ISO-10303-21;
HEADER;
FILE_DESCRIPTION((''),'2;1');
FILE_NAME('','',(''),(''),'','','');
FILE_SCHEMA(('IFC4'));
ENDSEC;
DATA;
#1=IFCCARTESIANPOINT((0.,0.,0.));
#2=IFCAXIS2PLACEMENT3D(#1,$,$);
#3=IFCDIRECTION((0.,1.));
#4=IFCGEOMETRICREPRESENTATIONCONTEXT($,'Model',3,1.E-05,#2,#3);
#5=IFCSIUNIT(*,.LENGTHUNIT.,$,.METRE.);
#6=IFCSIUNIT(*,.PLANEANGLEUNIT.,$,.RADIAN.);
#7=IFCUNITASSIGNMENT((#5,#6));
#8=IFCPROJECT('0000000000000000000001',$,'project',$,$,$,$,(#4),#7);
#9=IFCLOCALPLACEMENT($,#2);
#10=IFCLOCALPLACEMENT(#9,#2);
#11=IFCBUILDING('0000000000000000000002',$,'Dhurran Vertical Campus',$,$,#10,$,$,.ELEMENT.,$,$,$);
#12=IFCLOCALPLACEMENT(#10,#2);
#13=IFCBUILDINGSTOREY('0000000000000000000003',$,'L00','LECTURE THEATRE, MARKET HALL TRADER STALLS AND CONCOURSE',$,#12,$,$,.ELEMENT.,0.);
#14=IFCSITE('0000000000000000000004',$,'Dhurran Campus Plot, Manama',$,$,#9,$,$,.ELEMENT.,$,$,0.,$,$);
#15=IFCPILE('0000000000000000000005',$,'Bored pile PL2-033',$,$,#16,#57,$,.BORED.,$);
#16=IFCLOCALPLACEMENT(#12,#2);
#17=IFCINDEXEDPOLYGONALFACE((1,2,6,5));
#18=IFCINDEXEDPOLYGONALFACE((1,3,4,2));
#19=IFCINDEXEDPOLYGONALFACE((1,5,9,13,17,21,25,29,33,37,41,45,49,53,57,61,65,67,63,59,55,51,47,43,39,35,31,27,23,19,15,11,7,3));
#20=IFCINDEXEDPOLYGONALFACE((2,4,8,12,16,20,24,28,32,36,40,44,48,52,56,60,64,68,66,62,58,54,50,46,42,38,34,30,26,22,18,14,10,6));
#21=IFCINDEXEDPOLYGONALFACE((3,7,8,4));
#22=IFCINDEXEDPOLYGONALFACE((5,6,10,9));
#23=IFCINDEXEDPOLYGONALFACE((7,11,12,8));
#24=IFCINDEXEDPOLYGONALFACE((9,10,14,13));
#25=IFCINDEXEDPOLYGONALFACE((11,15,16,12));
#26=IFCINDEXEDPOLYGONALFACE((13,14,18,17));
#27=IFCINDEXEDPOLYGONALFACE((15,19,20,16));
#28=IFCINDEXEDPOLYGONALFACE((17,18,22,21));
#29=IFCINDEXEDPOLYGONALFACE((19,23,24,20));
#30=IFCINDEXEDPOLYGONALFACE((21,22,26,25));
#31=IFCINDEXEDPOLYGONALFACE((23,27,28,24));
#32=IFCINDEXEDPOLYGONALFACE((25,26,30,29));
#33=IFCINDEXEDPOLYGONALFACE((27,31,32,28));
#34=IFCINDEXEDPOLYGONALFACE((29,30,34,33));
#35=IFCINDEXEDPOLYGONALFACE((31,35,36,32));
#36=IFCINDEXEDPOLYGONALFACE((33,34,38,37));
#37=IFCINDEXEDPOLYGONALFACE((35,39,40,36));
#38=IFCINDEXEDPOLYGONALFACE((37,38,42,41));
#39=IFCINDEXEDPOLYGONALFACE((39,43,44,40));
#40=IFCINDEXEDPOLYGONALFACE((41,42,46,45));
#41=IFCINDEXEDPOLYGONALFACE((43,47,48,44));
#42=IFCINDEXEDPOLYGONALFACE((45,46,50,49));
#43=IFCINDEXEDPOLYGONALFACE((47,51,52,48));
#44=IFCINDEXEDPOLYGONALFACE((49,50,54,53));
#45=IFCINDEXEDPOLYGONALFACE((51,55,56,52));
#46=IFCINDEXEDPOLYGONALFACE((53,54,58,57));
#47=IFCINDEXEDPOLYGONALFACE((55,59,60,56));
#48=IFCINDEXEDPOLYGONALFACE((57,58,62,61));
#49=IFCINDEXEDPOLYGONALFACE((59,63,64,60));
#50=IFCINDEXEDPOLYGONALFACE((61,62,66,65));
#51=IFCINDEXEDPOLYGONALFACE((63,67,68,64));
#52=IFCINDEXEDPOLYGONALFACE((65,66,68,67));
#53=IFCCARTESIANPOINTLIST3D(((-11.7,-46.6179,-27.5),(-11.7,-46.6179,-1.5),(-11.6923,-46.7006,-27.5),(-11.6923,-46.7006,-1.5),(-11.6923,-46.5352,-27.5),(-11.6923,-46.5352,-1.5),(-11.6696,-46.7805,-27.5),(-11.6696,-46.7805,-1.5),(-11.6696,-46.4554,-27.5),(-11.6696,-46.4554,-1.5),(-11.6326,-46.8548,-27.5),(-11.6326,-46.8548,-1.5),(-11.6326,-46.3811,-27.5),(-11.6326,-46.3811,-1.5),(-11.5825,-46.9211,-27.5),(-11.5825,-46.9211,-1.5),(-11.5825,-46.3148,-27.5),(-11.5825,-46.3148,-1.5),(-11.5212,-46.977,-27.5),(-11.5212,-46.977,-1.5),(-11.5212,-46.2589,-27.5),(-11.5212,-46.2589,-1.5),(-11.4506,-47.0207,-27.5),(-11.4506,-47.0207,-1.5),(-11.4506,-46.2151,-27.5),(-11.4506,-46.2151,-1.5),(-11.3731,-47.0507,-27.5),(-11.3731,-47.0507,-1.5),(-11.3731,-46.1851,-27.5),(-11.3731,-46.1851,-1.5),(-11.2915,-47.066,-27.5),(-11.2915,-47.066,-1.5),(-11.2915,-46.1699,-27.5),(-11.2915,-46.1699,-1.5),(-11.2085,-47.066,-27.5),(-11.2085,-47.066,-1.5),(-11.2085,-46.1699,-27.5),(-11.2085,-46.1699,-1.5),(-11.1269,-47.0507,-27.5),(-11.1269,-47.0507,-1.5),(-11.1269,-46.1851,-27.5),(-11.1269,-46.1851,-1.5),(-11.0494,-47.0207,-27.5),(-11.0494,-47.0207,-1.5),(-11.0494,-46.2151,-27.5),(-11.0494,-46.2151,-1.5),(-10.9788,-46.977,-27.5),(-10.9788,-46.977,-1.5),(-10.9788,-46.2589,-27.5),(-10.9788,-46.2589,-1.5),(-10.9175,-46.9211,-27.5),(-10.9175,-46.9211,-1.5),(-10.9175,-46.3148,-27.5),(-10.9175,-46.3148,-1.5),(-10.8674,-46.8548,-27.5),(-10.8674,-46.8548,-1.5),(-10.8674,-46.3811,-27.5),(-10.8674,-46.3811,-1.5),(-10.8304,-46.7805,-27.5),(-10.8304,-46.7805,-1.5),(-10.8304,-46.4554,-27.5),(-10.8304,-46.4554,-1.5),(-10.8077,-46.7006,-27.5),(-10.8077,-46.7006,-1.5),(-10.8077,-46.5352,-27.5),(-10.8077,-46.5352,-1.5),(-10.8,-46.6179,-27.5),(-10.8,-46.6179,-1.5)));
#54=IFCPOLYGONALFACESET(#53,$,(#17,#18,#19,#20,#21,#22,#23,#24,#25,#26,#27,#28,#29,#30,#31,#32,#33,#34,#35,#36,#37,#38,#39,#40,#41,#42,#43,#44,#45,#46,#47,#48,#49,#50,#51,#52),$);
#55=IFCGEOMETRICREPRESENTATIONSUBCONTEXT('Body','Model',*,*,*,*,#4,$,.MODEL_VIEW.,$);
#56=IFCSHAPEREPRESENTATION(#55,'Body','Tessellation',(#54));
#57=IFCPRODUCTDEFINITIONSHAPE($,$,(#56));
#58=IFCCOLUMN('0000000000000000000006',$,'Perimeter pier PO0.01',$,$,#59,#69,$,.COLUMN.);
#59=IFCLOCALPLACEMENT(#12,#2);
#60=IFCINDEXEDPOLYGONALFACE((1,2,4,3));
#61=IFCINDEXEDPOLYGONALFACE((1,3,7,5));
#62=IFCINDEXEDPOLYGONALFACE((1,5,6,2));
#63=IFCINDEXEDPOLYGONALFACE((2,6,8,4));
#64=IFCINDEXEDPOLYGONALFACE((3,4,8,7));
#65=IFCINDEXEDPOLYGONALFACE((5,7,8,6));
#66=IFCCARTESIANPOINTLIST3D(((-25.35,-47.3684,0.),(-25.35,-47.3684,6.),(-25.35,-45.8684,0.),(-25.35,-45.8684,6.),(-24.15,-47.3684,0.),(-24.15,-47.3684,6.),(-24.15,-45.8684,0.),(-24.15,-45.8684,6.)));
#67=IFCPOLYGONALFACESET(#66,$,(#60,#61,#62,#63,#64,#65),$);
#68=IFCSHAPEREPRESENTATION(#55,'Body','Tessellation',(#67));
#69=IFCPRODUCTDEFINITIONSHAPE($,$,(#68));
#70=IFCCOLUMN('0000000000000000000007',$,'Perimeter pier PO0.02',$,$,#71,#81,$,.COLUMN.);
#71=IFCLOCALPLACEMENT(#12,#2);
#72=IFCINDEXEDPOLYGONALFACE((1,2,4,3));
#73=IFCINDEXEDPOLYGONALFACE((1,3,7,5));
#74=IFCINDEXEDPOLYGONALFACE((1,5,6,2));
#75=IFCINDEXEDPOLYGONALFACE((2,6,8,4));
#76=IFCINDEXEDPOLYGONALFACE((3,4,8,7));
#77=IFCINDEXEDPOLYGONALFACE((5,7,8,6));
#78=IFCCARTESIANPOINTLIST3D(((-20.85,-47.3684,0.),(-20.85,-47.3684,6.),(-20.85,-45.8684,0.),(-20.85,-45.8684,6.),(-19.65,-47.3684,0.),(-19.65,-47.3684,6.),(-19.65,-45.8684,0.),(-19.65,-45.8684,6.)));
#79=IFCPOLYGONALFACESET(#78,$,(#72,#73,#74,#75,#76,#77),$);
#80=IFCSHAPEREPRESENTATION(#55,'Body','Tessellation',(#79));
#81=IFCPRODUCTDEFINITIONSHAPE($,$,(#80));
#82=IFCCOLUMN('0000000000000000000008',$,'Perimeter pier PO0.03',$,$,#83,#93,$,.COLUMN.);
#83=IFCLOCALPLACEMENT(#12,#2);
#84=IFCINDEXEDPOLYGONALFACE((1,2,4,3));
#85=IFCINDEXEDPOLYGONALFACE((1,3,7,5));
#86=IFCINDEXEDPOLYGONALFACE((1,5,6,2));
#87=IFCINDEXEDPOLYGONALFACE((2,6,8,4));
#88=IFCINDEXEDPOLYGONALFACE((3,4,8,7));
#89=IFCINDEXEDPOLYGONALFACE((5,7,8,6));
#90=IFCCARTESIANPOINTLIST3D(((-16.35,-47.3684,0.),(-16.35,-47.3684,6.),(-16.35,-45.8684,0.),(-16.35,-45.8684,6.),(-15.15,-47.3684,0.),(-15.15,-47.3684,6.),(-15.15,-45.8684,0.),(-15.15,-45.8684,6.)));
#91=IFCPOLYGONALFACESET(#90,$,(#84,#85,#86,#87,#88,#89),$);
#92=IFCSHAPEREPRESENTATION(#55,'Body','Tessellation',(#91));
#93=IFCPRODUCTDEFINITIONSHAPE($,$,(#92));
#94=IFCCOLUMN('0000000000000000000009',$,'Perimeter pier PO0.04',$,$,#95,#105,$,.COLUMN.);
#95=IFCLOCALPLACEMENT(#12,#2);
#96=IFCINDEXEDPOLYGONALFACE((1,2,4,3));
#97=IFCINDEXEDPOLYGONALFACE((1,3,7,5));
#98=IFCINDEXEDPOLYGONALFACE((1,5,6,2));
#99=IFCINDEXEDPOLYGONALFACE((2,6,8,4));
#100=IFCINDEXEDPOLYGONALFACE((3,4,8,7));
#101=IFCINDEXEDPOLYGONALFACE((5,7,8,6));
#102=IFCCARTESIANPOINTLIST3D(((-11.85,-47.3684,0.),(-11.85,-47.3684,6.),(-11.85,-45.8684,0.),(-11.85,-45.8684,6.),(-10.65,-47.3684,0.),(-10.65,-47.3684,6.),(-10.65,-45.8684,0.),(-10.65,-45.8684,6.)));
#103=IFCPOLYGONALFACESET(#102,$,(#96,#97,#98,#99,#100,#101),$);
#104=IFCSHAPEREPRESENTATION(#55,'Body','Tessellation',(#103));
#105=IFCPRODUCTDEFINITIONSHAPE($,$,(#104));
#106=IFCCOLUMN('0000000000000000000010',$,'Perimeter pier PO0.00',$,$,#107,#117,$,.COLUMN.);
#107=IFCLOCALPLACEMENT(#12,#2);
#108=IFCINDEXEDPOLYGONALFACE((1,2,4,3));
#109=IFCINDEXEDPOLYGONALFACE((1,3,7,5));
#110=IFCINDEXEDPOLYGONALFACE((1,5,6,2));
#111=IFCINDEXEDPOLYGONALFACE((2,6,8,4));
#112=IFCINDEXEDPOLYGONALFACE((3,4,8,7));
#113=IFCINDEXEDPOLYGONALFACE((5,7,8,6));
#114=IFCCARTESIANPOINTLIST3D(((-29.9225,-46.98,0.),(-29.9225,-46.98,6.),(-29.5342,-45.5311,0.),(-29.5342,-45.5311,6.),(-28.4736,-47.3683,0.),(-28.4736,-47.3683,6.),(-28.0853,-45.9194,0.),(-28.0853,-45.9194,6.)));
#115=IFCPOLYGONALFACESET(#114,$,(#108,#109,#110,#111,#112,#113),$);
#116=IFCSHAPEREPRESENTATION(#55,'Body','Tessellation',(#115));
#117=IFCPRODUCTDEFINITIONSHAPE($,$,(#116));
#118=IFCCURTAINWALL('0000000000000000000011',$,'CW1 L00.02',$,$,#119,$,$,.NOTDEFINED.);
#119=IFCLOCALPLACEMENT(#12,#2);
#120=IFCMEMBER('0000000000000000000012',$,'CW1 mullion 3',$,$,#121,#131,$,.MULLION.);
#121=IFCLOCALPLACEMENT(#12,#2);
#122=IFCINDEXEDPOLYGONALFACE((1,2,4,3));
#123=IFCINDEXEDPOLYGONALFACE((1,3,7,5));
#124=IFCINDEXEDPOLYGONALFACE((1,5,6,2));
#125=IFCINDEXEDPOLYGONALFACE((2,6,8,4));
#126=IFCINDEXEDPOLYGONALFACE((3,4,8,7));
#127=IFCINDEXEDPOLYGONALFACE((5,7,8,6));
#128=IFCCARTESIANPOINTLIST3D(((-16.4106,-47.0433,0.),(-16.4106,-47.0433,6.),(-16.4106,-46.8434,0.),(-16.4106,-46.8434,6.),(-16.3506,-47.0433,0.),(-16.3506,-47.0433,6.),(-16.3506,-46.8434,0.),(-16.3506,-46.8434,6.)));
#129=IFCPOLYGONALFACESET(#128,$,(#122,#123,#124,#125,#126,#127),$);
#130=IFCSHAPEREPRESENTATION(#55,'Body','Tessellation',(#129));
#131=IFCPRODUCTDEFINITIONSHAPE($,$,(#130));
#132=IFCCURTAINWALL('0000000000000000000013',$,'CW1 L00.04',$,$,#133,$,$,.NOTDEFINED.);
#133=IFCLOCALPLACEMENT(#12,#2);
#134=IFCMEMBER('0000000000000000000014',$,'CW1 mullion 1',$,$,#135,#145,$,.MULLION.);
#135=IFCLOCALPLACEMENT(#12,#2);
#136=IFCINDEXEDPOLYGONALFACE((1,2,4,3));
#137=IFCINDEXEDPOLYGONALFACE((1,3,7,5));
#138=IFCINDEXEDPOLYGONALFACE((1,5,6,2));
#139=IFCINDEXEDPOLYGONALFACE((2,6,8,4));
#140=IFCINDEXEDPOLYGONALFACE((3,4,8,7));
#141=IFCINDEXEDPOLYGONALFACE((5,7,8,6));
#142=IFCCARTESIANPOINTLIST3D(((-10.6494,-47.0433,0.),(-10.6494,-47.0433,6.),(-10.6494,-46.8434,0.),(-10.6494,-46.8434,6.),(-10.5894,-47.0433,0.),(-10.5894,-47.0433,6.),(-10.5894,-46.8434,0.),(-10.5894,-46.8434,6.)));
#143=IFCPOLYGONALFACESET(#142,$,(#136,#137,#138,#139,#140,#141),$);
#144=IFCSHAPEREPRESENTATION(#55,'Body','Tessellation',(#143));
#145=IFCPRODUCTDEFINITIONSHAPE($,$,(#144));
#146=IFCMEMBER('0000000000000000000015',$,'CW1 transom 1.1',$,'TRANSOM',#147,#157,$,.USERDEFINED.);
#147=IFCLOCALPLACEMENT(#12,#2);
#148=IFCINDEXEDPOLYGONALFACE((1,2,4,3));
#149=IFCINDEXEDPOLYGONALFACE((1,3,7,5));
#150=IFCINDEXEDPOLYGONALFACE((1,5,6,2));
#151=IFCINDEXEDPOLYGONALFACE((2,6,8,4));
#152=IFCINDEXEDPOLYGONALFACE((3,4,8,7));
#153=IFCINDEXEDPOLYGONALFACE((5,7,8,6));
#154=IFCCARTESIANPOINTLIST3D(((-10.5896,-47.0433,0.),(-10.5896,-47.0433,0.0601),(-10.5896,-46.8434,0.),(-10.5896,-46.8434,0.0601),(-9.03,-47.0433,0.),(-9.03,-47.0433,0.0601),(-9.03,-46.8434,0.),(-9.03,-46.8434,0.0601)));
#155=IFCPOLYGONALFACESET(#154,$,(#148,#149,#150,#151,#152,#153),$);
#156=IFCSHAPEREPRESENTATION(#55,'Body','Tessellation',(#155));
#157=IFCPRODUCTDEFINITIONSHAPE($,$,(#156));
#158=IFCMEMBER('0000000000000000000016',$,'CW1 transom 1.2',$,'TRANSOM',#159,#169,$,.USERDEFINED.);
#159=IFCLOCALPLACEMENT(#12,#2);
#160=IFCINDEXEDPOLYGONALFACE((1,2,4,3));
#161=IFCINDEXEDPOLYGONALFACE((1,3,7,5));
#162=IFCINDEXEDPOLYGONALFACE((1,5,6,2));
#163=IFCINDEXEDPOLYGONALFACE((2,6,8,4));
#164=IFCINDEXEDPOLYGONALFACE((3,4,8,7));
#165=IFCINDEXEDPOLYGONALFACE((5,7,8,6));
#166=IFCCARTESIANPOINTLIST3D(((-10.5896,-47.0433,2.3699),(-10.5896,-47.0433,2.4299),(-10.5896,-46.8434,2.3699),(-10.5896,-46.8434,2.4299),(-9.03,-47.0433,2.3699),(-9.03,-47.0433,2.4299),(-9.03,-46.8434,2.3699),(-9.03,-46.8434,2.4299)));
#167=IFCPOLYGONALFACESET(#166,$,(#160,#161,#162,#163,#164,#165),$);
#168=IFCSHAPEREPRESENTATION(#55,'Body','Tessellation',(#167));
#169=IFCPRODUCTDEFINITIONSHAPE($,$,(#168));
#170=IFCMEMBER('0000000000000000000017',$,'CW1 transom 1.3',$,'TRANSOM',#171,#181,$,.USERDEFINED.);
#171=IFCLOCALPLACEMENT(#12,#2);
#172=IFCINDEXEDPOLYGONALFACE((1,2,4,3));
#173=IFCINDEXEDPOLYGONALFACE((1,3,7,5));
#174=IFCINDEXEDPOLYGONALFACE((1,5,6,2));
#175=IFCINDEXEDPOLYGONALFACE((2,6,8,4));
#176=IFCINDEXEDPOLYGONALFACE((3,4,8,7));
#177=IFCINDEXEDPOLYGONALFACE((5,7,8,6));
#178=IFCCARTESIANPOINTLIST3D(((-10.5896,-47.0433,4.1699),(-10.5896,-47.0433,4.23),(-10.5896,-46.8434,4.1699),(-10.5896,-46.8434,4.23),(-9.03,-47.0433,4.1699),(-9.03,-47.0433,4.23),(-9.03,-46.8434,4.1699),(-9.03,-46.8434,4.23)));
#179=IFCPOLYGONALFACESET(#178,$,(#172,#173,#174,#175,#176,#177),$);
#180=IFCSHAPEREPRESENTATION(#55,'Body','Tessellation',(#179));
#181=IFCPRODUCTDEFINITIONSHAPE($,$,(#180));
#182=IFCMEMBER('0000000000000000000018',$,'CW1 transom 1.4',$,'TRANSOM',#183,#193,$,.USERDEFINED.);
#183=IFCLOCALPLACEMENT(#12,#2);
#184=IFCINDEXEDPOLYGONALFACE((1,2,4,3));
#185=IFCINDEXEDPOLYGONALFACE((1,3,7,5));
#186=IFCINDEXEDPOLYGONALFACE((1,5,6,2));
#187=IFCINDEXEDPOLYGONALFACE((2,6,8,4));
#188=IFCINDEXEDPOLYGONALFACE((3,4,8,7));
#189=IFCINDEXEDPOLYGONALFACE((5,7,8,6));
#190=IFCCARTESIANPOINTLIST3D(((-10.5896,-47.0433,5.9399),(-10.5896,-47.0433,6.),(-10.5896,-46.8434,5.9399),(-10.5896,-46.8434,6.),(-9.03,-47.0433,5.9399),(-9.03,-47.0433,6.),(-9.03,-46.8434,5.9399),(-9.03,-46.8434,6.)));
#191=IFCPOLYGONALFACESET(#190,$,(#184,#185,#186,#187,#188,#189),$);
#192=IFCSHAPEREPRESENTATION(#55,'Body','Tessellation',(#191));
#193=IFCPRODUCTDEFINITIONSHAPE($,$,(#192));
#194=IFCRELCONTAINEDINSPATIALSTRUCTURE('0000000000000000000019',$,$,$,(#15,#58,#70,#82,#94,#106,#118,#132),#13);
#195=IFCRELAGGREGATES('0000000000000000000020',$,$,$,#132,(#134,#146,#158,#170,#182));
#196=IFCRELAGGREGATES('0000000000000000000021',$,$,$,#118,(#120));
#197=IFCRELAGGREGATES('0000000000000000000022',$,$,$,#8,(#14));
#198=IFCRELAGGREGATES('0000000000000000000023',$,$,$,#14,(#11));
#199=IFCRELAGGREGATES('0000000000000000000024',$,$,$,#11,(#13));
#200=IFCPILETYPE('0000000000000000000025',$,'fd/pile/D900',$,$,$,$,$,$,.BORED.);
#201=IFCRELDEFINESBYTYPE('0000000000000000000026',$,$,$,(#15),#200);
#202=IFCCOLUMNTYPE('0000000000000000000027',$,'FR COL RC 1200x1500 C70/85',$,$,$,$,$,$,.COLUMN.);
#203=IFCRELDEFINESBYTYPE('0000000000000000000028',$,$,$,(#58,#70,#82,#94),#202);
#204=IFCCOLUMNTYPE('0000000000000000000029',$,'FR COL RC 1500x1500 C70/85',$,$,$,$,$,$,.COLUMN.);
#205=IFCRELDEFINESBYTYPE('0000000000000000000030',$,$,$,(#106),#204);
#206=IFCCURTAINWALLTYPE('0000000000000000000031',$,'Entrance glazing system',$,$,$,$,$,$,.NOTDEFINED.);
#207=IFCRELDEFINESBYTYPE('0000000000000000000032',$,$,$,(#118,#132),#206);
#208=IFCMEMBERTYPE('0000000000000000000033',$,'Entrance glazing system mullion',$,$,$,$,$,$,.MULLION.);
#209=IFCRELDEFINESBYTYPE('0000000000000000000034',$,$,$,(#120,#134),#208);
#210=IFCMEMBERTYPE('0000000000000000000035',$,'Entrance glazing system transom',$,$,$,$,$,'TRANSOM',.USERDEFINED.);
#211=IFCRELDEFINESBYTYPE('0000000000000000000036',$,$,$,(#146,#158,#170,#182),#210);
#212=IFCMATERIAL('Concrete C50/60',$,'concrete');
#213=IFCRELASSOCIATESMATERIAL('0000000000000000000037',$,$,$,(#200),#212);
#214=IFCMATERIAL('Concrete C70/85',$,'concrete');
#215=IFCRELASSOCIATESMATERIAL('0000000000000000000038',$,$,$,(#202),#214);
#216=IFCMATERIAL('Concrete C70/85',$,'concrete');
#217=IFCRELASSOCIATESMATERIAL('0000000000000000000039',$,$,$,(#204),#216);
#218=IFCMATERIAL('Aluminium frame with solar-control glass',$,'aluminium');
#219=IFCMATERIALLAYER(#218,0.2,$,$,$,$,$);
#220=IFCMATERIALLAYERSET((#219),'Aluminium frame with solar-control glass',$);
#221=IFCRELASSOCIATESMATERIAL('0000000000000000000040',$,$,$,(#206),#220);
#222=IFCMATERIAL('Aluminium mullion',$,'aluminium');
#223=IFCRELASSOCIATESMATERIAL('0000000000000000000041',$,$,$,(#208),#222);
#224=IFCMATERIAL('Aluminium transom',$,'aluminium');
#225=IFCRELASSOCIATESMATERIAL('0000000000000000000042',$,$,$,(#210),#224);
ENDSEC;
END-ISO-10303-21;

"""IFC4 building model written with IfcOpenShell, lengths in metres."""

from ifc_helpers import new_model, si_unit, direction, frame, origin, origin_2d, place, context, subcontext, project, spatial, rectangle, circle, extrude, material, layer, layer_set, material_profile, profile_set, type_object, element, aggregate, save


model = new_model("IFC4")

# Units and contexts
model_context = context("Model", 3, precision=1e-05, world=origin(), true_north=direction((0.0, 1.0)))
body_context = subcontext(model_context, "Body", "Model", "MODEL_VIEW")
ifc_project = project(units=[si_unit("LENGTHUNIT", "METRE"), si_unit("PLANEANGLEUNIT", "RADIAN")], contexts=[model_context])

# Site, building, storey
site_placement = place(None, origin())
site = spatial("IfcSite", under=ifc_project, at=site_placement, Name="Dhurran Campus Plot, Manama", CompositionType="ELEMENT", RefElevation=0.0)
building_placement = place(site_placement, origin())
building = spatial("IfcBuilding", under=site, at=building_placement, Name="Dhurran Vertical Campus", CompositionType="ELEMENT")
storey_placement = place(building_placement, origin())
storey = spatial("IfcBuildingStorey", under=building, at=storey_placement, Name="L00", Description="LECTURE THEATRE, MARKET HALL TRADER STALLS AND CONCOURSE", CompositionType="ELEMENT", Elevation=0.0)

# Pile
ifc_material_1 = material(Name="Concrete C50/60", Category="concrete")
ifc_material_profile_1 = material_profile(ifc_material_1, circle(Radius=0.45, at=origin_2d()), Name="fd/pile/D900")
ifc_profile_set_1 = profile_set([ifc_material_profile_1], Name="Concrete C50/60")
pile_type = type_object("IfcPileType", Name="fd/pile/D900", PredefinedType="BORED", material=ifc_profile_set_1)
for number, where, z_axis, x_axis, name in (
    (1, (-11.25, -46.6179, -1.5), (0.0, 0.0, -1.0), (1.0, 0.0, 0.0), "Bored pile PL2-033"),
):
    element("IfcPile", number, at=place(storey_placement, frame(where, z_axis=z_axis, x_axis=x_axis)), inside=storey, type_object=pile_type, Name=name, PredefinedType="BORED", context=body_context, shape_type="SweptSolid", body=[
        extrude(circle(Radius=0.45, at=origin_2d()), origin(), (0.0, 0.0, 1.0), 26.0),
    ])

# Columns
ifc_material_2 = material(Name="Concrete C70/85", Category="concrete")
ifc_material_profile_2 = material_profile(ifc_material_2, rectangle(XDim=1.2, YDim=1.5, at=origin_2d()), Name="RC 1200x1500")
ifc_profile_set_2 = profile_set([ifc_material_profile_2], Name="Concrete C70/85")
column_type_1 = type_object("IfcColumnType", Name="FR COL RC 1200x1500 C70/85", PredefinedType="COLUMN", material=ifc_profile_set_2)
for number, where, z_axis, x_axis, name in (
    (2, (-24.75, -46.6184, 0.0), (0.0, 0.0, 1.0), (1.0, 0.0, 0.0), "Perimeter pier PO0.01"),
    (3, (-20.25, -46.6184, 0.0), (0.0, 0.0, 1.0), (1.0, 0.0, 0.0), "Perimeter pier PO0.02"),
    (4, (-15.75, -46.6184, 0.0), (0.0, 0.0, 1.0), (1.0, 0.0, 0.0), "Perimeter pier PO0.03"),
    (5, (-11.25, -46.6184, 0.0), (0.0, 0.0, 1.0), (1.0, 0.0, 0.0), "Perimeter pier PO0.04"),
):
    element("IfcColumn", number, at=place(storey_placement, frame(where, z_axis=z_axis, x_axis=x_axis)), inside=storey, type_object=column_type_1, Name=name, PredefinedType="COLUMN", context=body_context, shape_type="SweptSolid", body=[
        extrude(rectangle(XDim=1.2, YDim=1.5, at=origin_2d()), origin(), (0.0, 0.0, 1.0), 6.0),
    ])
ifc_material_3 = material(Name="Concrete C70/85", Category="concrete")
ifc_material_profile_3 = material_profile(ifc_material_3, rectangle(XDim=1.5, YDim=1.5, at=origin_2d()), Name="RC 1500x1500")
ifc_profile_set_3 = profile_set([ifc_material_profile_3], Name="Concrete C70/85")
column_type_2 = type_object("IfcColumnType", Name="FR COL RC 1500x1500 C70/85", PredefinedType="COLUMN", material=ifc_profile_set_3)
column_placement = place(storey_placement, frame((-29.0039, -46.4497, 0.0), z_axis=(0.0, 0.0, 1.0), x_axis=(0.965926, -0.258819, 0.0)))
element("IfcColumn", 6, at=column_placement, inside=storey, type_object=column_type_2, Name="Perimeter pier PO0.00", PredefinedType="COLUMN", context=body_context, shape_type="SweptSolid", body=[
    extrude(rectangle(XDim=1.5, YDim=1.5, at=origin_2d()), origin(), (0.0, 0.0, 1.0), 6.0),
])

# Curtain wall, member
ifc_material_4 = material(Name="Aluminium frame with solar-control glass", Category="aluminium")
ifc_layer_1 = layer(ifc_material_4, 0.2)
ifc_layer_set_1 = layer_set([ifc_layer_1], Name="Aluminium frame with solar-control glass")
curtain_wall_type = type_object("IfcCurtainWallType", Name="Entrance glazing system", PredefinedType="NOTDEFINED", material=ifc_layer_set_1)
curtain_wall_1_placement = place(storey_placement, origin())
curtain_wall_1 = element("IfcCurtainWall", 7, at=curtain_wall_1_placement, inside=storey, type_object=curtain_wall_type, Name="CW1 L00.02", PredefinedType="NOTDEFINED")
ifc_material_5 = material(Name="Aluminium mullion", Category="aluminium")
ifc_material_profile_4 = material_profile(ifc_material_5, rectangle(XDim=0.2, YDim=0.0601, at=origin_2d()), Name="Entrance glazing system mullion")
ifc_profile_set_4 = profile_set([ifc_material_profile_4], Name="Aluminium mullion")
member_type_1 = type_object("IfcMemberType", Name="Entrance glazing system mullion", PredefinedType="MULLION", material=ifc_profile_set_4)
member_1_placement = place(storey_placement, frame((-16.3806, -46.9434, 0.0), z_axis=(0.0, 0.0, 1.0), x_axis=(0.0, 1.0, 0.0)))
member_1 = element("IfcMember", 8, at=member_1_placement, type_object=member_type_1, Name="CW1 mullion 3", PredefinedType="MULLION", context=body_context, shape_type="SweptSolid", body=[
    extrude(rectangle(XDim=0.2, YDim=0.0601, at=origin_2d()), origin(), (0.0, 0.0, 1.0), 6.0),
])

# Curtain wall, members
curtain_wall_2_placement = place(storey_placement, origin())
curtain_wall_2 = element("IfcCurtainWall", 9, at=curtain_wall_2_placement, inside=storey, type_object=curtain_wall_type, Name="CW1 L00.04", PredefinedType="NOTDEFINED")
member_2_placement = place(storey_placement, frame((-10.6194, -46.9434, 0.0), z_axis=(0.0, 0.0, 1.0), x_axis=(0.0, 1.0, 0.0)))
member_2 = element("IfcMember", 10, at=member_2_placement, type_object=member_type_1, Name="CW1 mullion 1", PredefinedType="MULLION", context=body_context, shape_type="SweptSolid", body=[
    extrude(rectangle(XDim=0.2, YDim=0.0601, at=origin_2d()), origin(), (0.0, 0.0, 1.0), 6.0),
])
ifc_material_6 = material(Name="Aluminium transom", Category="aluminium")
ifc_material_profile_5 = material_profile(ifc_material_6, rectangle(XDim=0.2, YDim=0.0601, at=origin_2d()), Name="Entrance glazing system transom")
ifc_profile_set_5 = profile_set([ifc_material_profile_5], Name="Aluminium transom")
member_type_2 = type_object("IfcMemberType", Name="Entrance glazing system transom", ElementType="TRANSOM", PredefinedType="USERDEFINED", material=ifc_profile_set_5)
member_3_placement = place(storey_placement, frame((-10.5896, -46.9434, 0.03), z_axis=(1.0, 0.0, 0.0), x_axis=(0.0, 1.0, 0.0)))
member_3 = element("IfcMember", 11, at=member_3_placement, type_object=member_type_2, Name="CW1 transom 1.1", ObjectType="TRANSOM", PredefinedType="USERDEFINED", context=body_context, shape_type="SweptSolid", body=[
    extrude(rectangle(XDim=0.2, YDim=0.0601, at=origin_2d()), origin(), (0.0, 0.0, 1.0), 1.5596),
])
member_4_placement = place(storey_placement, frame((-10.5896, -46.9434, 2.3999), z_axis=(1.0, 0.0, 0.0), x_axis=(0.0, 1.0, 0.0)))
member_4 = element("IfcMember", 12, at=member_4_placement, type_object=member_type_2, Name="CW1 transom 1.2", ObjectType="TRANSOM", PredefinedType="USERDEFINED", context=body_context, shape_type="SweptSolid", body=[
    extrude(rectangle(XDim=0.2, YDim=0.0601, at=origin_2d()), origin(), (0.0, 0.0, 1.0), 1.5596),
])
member_5_placement = place(storey_placement, frame((-10.5896, -46.9434, 4.2), z_axis=(1.0, 0.0, 0.0), x_axis=(0.0, 1.0, 0.0)))
member_5 = element("IfcMember", 13, at=member_5_placement, type_object=member_type_2, Name="CW1 transom 1.3", ObjectType="TRANSOM", PredefinedType="USERDEFINED", context=body_context, shape_type="SweptSolid", body=[
    extrude(rectangle(XDim=0.2, YDim=0.0601, at=origin_2d()), origin(), (0.0, 0.0, 1.0), 1.5596),
])
member_6_placement = place(storey_placement, frame((-10.5896, -46.9434, 5.97), z_axis=(1.0, 0.0, 0.0), x_axis=(0.0, 1.0, 0.0)))
member_6 = element("IfcMember", 14, at=member_6_placement, type_object=member_type_2, Name="CW1 transom 1.4", ObjectType="TRANSOM", PredefinedType="USERDEFINED", context=body_context, shape_type="SweptSolid", body=[
    extrude(rectangle(XDim=0.2, YDim=0.0601, at=origin_2d()), origin(), (0.0, 0.0, 1.0), 1.5596),
])
aggregate(curtain_wall_2, [member_2, member_3, member_4, member_5, member_6])

aggregate(curtain_wall_1, [member_1])

save(model, "model.ifc")
